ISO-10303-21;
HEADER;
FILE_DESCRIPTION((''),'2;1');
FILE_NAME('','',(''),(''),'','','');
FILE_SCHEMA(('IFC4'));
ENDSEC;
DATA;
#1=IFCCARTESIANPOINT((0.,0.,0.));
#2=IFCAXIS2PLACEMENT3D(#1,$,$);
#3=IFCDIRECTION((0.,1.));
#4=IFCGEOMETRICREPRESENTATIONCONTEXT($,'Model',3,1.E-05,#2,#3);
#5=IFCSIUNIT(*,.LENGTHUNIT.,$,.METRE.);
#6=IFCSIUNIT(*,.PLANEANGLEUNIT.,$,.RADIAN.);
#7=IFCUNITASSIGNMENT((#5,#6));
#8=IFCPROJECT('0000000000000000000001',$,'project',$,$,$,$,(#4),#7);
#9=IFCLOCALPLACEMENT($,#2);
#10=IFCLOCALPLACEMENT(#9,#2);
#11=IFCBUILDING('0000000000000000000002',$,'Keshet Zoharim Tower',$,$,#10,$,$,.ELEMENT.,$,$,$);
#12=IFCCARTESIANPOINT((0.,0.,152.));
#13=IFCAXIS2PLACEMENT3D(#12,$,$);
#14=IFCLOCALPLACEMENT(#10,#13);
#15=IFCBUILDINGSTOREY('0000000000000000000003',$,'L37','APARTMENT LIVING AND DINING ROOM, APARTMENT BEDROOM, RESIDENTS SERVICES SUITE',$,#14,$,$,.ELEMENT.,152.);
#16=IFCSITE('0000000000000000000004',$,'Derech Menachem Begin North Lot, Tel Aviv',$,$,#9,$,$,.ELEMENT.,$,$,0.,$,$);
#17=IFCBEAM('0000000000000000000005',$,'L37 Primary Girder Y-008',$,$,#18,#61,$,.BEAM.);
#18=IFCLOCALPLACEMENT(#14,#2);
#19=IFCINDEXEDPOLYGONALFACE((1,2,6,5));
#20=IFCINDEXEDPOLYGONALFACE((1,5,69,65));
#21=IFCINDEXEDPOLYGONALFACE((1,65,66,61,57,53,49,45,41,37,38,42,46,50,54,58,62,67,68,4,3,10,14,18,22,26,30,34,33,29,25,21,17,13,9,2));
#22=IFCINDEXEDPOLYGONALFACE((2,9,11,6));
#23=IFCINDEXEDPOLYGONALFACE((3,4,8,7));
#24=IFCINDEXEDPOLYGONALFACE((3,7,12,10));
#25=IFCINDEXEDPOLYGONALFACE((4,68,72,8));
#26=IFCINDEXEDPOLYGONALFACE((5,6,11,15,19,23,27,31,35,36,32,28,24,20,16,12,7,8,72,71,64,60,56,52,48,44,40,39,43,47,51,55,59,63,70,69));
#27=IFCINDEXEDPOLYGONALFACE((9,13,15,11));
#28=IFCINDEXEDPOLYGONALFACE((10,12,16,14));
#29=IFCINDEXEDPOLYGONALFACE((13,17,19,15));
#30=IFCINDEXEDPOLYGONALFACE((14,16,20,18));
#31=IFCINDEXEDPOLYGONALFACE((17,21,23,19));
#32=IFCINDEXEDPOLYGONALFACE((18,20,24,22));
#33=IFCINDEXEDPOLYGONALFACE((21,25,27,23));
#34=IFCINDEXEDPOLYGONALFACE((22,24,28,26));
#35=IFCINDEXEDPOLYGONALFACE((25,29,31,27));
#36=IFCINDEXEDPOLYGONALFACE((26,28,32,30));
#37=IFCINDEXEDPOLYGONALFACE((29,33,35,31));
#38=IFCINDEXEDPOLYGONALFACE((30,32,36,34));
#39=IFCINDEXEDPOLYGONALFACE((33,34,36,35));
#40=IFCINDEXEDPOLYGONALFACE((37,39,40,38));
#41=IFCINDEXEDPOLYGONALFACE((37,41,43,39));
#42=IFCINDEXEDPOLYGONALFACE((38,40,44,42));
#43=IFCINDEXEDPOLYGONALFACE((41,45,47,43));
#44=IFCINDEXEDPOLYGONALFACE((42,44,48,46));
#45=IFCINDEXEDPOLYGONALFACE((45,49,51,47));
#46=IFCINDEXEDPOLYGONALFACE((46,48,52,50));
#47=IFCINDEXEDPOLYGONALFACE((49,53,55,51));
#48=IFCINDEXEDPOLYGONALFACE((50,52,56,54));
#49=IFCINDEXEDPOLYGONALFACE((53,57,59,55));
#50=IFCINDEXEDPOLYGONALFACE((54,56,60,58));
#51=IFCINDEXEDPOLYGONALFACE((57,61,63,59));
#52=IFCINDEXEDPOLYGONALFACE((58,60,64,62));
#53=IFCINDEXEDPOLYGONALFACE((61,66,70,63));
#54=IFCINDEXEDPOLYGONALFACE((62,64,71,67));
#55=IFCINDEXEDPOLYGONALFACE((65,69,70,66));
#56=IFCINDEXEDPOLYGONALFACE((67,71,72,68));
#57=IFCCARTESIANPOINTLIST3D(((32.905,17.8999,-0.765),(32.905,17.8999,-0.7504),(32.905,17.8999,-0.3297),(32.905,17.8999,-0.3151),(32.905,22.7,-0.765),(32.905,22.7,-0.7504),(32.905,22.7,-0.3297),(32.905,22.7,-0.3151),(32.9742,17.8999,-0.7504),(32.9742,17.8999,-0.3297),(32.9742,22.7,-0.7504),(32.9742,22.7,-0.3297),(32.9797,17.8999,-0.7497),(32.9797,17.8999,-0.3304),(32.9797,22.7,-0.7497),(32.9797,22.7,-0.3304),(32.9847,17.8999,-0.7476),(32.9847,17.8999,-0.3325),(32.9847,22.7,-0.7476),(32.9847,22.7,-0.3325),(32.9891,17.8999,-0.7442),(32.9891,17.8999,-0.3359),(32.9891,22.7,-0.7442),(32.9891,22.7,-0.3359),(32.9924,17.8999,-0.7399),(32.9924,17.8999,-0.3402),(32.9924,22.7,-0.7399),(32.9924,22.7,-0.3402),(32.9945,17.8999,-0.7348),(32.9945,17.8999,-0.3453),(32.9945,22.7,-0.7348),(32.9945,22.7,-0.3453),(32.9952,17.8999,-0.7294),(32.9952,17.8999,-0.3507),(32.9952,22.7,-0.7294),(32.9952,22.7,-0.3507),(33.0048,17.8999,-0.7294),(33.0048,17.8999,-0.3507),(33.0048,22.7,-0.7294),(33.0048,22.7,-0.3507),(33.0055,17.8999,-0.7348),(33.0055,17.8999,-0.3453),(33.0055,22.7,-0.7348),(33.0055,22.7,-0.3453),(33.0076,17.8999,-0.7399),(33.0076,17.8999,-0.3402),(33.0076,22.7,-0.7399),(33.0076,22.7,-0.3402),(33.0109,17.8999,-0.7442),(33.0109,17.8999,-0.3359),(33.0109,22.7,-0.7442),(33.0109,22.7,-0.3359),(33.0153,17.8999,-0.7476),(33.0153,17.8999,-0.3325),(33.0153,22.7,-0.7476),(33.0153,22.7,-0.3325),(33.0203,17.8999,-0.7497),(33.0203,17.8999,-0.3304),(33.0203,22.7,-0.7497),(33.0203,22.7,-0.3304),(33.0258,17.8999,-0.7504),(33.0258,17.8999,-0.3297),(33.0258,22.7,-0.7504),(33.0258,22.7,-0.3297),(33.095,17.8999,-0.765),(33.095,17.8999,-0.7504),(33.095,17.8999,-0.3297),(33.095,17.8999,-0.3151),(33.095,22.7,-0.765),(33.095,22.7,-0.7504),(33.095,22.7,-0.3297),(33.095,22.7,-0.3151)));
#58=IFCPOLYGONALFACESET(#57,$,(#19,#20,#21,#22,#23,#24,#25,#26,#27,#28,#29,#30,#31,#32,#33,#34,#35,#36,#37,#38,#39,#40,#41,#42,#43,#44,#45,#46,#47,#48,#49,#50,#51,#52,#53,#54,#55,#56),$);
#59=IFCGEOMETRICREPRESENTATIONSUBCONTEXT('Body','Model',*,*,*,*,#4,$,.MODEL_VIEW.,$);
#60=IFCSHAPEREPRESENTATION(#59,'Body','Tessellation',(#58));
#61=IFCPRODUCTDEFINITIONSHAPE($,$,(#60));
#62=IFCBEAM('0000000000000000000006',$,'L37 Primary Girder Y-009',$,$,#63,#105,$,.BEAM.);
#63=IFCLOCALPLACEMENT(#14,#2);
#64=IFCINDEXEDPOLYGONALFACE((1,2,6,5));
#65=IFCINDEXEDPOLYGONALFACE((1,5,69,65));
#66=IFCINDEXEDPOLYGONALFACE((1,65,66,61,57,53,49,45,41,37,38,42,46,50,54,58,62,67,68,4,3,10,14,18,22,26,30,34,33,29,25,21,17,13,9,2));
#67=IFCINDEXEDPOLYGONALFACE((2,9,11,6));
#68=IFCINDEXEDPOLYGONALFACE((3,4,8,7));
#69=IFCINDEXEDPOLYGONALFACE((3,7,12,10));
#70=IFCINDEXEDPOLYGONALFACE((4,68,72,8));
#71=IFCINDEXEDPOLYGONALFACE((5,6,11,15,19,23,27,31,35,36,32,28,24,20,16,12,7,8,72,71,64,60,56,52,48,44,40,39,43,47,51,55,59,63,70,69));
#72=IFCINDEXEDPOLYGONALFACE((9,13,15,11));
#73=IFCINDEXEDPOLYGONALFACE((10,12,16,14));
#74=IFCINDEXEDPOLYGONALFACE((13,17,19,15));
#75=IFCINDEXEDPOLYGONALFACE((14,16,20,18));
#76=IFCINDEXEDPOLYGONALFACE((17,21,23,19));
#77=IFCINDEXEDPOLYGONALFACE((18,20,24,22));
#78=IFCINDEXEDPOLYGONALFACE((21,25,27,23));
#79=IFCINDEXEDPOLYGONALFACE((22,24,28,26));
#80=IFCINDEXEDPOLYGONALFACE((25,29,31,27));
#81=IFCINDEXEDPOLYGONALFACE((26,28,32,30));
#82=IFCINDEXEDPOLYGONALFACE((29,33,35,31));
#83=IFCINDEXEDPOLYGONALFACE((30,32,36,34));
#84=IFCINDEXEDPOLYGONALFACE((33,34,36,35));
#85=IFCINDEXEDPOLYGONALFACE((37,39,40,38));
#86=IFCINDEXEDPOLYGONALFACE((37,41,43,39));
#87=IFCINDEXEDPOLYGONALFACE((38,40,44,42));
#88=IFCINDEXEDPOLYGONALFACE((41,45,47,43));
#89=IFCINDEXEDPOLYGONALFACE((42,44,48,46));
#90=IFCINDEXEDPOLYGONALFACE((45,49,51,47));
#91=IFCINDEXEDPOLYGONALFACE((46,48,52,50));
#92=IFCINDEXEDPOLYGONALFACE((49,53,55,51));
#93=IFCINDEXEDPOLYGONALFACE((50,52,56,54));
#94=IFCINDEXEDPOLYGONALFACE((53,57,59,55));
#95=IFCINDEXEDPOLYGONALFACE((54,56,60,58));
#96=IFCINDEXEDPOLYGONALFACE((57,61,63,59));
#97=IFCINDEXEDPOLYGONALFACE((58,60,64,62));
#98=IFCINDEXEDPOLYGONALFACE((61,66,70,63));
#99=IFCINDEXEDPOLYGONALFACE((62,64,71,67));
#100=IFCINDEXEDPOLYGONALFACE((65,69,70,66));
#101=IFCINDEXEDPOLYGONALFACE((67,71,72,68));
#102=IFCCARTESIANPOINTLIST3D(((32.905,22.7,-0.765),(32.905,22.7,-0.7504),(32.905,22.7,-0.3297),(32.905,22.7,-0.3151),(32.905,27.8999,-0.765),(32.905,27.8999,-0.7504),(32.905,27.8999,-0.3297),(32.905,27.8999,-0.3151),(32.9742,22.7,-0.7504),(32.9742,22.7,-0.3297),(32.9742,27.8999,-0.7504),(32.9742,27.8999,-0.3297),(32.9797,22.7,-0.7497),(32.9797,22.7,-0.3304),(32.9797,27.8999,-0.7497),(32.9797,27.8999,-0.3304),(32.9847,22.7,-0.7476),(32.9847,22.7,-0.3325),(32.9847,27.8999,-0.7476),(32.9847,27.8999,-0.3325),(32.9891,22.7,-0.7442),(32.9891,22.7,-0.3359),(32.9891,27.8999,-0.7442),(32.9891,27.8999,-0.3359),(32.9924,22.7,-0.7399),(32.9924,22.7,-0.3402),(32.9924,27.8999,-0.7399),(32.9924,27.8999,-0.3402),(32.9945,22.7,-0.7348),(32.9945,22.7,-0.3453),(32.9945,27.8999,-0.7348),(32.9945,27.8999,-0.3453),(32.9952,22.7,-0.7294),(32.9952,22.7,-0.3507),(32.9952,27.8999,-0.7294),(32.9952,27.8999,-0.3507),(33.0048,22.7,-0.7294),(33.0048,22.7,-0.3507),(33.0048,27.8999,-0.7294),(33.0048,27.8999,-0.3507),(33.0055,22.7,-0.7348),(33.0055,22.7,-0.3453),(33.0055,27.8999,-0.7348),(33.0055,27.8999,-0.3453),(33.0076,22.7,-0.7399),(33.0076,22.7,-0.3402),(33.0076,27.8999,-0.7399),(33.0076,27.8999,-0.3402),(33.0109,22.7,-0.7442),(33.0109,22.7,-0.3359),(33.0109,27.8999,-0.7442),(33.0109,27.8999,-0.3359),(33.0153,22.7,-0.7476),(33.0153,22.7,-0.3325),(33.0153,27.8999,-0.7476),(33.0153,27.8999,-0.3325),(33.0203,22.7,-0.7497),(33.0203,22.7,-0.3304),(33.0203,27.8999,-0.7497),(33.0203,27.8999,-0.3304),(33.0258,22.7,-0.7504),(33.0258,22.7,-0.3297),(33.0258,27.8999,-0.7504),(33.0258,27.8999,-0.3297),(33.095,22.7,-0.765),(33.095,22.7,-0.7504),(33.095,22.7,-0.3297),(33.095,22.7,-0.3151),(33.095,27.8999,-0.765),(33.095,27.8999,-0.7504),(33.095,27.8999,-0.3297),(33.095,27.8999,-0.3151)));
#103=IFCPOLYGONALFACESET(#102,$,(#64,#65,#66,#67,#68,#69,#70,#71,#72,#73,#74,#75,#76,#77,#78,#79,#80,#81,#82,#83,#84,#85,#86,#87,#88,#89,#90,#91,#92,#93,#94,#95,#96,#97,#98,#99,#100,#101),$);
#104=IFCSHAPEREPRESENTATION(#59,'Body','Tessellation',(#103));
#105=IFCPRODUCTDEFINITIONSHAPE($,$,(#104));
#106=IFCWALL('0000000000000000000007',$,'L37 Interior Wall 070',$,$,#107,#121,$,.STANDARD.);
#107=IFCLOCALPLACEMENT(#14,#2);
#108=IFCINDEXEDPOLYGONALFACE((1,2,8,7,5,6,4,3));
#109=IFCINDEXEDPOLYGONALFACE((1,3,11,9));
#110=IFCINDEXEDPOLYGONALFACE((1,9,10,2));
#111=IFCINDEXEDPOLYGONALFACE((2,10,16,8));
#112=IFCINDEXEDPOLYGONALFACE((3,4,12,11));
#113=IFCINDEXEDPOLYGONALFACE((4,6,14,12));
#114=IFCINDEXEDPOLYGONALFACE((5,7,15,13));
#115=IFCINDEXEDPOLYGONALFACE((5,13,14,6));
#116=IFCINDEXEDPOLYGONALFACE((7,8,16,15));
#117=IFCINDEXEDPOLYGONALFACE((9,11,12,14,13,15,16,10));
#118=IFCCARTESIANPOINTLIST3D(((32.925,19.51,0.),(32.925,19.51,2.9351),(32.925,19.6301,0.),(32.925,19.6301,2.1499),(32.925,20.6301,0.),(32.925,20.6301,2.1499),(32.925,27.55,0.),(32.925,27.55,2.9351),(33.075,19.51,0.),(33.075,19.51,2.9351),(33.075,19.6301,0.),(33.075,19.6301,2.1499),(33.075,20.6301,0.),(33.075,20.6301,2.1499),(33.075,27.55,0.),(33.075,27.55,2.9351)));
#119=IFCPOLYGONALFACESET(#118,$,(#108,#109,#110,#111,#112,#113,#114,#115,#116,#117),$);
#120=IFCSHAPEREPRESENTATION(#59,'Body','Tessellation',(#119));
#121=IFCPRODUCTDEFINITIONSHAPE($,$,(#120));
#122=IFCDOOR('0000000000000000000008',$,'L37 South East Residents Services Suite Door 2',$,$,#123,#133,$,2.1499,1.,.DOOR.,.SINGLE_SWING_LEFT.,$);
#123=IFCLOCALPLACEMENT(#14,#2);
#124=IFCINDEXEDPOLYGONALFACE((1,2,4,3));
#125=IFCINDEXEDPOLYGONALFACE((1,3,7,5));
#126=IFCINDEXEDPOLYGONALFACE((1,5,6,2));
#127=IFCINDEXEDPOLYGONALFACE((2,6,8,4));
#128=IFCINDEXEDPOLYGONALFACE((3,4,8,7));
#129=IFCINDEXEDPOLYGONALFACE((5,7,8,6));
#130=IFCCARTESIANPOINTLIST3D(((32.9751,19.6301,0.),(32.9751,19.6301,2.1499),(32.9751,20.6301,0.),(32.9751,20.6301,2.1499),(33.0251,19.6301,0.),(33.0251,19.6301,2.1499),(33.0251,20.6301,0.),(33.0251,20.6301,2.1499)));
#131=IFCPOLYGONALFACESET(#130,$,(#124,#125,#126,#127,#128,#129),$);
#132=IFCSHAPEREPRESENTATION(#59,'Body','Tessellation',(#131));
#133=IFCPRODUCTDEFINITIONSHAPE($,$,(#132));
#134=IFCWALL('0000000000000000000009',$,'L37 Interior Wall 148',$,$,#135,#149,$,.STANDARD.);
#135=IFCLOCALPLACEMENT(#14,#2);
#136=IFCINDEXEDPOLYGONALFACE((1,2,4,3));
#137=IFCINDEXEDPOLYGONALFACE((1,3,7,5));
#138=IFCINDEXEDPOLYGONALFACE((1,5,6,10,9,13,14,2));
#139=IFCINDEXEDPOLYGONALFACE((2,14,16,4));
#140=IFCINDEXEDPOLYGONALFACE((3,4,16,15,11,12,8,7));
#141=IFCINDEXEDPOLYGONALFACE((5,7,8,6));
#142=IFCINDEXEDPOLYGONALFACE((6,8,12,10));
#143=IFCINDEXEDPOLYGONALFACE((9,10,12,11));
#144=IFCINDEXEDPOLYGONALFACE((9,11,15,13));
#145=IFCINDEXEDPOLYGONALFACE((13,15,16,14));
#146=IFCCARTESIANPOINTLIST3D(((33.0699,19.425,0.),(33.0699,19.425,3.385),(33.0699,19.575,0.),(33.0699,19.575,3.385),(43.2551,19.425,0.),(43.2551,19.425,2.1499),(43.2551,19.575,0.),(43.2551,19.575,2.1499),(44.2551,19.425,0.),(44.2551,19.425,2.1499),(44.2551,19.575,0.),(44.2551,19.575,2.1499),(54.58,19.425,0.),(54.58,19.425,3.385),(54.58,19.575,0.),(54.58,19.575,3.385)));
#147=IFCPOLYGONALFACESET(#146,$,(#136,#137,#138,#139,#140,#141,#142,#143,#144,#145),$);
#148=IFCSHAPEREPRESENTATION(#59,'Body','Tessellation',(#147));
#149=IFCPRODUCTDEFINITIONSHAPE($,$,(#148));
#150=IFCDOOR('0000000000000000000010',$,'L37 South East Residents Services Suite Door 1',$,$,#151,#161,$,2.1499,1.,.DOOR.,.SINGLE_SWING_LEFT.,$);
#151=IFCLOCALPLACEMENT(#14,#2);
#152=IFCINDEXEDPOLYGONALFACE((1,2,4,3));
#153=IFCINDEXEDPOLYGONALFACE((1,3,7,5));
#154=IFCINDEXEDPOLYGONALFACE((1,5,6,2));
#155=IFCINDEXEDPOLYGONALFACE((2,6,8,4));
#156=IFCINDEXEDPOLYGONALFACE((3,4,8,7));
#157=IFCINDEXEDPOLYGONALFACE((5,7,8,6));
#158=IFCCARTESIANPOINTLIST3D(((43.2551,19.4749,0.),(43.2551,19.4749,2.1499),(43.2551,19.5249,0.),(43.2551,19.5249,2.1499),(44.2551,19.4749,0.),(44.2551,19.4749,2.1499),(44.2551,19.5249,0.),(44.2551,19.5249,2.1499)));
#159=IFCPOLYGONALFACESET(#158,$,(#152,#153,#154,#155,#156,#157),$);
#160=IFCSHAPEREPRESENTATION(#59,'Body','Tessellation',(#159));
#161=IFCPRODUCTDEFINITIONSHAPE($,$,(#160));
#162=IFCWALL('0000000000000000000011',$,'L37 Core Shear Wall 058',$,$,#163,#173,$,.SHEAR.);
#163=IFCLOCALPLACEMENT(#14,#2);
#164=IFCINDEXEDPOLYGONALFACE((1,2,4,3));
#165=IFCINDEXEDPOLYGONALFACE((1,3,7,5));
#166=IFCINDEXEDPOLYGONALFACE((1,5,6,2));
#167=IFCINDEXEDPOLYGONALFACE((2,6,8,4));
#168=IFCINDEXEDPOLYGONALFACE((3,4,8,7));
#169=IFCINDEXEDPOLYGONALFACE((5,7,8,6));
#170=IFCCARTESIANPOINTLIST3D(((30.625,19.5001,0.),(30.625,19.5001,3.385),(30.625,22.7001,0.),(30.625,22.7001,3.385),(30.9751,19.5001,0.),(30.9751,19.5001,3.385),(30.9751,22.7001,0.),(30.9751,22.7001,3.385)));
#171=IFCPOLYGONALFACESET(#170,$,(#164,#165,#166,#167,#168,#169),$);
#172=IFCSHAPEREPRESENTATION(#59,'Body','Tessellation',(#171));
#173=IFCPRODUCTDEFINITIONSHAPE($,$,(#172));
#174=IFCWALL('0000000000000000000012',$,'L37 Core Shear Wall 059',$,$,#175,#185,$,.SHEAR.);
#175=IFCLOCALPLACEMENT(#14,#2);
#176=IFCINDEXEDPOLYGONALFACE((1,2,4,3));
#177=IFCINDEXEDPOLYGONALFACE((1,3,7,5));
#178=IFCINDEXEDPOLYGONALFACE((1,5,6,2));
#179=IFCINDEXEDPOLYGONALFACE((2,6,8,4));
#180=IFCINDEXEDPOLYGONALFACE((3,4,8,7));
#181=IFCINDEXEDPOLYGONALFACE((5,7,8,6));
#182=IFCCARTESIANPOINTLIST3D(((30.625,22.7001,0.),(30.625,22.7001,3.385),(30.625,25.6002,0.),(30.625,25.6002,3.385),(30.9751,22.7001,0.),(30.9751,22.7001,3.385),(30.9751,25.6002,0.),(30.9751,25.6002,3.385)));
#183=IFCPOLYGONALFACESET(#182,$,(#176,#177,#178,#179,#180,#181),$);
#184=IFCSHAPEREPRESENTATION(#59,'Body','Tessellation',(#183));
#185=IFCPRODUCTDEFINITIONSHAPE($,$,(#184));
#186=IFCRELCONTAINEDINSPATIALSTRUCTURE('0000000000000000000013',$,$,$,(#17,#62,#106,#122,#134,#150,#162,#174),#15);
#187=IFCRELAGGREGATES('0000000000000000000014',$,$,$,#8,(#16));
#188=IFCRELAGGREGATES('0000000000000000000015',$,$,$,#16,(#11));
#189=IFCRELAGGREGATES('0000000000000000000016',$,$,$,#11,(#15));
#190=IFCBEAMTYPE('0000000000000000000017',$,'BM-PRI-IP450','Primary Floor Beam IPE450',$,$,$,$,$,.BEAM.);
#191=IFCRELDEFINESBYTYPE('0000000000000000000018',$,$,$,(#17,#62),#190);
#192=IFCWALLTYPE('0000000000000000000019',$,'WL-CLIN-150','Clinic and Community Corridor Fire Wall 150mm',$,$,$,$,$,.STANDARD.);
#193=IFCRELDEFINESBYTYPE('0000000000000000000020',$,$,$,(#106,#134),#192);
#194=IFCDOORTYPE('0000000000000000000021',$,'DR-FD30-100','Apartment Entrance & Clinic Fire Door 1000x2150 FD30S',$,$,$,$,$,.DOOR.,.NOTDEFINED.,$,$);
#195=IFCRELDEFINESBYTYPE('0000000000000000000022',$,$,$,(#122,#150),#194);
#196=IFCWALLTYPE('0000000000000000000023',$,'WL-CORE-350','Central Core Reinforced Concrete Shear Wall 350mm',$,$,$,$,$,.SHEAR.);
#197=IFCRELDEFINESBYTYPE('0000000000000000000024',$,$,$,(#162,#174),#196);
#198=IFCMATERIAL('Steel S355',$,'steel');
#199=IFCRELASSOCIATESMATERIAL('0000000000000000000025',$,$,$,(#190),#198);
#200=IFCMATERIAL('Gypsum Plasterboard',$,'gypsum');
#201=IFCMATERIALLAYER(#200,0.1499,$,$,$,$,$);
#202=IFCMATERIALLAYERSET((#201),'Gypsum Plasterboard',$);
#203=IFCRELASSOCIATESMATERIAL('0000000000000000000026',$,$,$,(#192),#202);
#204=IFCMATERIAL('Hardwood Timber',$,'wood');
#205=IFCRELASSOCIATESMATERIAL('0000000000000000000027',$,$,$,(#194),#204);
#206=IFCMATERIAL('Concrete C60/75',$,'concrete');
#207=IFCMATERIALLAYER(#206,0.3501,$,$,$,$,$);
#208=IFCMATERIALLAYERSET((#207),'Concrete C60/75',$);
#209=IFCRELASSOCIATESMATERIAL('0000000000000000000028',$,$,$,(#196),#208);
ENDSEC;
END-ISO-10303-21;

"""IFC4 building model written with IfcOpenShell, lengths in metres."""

from ifc_helpers import new_model, si_unit, direction, frame, frame_2d, origin, origin_2d, place, context, subcontext, project, spatial, rectangle, i_section, extrude, material, layer, layer_set, material_profile, profile_set, type_object, element, fill, save


model = new_model("IFC4")

# Units and contexts
model_context = context("Model", 3, precision=1e-05, world=origin(), true_north=direction((0.0, 1.0)))
body_context = subcontext(model_context, "Body", "Model", "MODEL_VIEW")
ifc_project = project(units=[si_unit("LENGTHUNIT", "METRE"), si_unit("PLANEANGLEUNIT", "RADIAN")], contexts=[model_context])

# Site, building, storey
site_placement = place(None, origin())
site = spatial("IfcSite", under=ifc_project, at=site_placement, Name="Derech Menachem Begin North Lot, Tel Aviv", CompositionType="ELEMENT", RefElevation=0.0)
building_placement = place(site_placement, origin())
building = spatial("IfcBuilding", under=site, at=building_placement, Name="Keshet Zoharim Tower", CompositionType="ELEMENT")
storey_placement = place(building_placement, frame((0.0, 0.0, 152.0)))
storey = spatial("IfcBuildingStorey", under=building, at=storey_placement, Name="L37", Description="APARTMENT LIVING AND DINING ROOM, APARTMENT BEDROOM, RESIDENTS SERVICES SUITE", CompositionType="ELEMENT", Elevation=152.0)

# Shared definitions
ifc_material_1 = material(Name="Concrete C60/75", Category="concrete")

# Beams
ifc_material_2 = material(Name="Steel S355", Category="steel")
ifc_material_profile_1 = material_profile(ifc_material_2, i_section(OverallWidth=0.1899, OverallDepth=0.45, WebThickness=0.0095, FlangeThickness=0.0146, FilletRadius=0.021, at=origin_2d()), Name="IPE450")
ifc_profile_set_1 = profile_set([ifc_material_profile_1], Name="Steel S355")
beam_type_1 = type_object("IfcBeamType", Name="BM-PRI-IP450", Description="Primary Floor Beam IPE450", PredefinedType="BEAM", material=ifc_profile_set_1)
beam_1_placement = place(storey_placement, frame((33.0, 17.8999, -0.54), z_axis=(0.0, 1.0, 0.0), x_axis=(-1.0, 0.0, 0.0)))
element("IfcBeam", 1, at=beam_1_placement, inside=storey, type_object=beam_type_1, Name="L37 Primary Girder Y-008", PredefinedType="BEAM", context=body_context, shape_type="SweptSolid", body=[
    extrude(i_section(OverallWidth=0.1899, OverallDepth=0.45, WebThickness=0.0095, FlangeThickness=0.0146, FilletRadius=0.021, at=origin_2d()), origin(), (0.0, 0.0, 1.0), 4.8),
])
beam_2_placement = place(storey_placement, frame((33.0, 22.7, -0.54), z_axis=(0.0, 1.0, 0.0), x_axis=(-1.0, 0.0, 0.0)))
element("IfcBeam", 2, at=beam_2_placement, inside=storey, type_object=beam_type_1, Name="L37 Primary Girder Y-009", PredefinedType="BEAM", context=body_context, shape_type="SweptSolid", body=[
    extrude(i_section(OverallWidth=0.1899, OverallDepth=0.45, WebThickness=0.0095, FlangeThickness=0.0146, FilletRadius=0.021, at=origin_2d()), origin(), (0.0, 0.0, 1.0), 5.2),
])

# Walls, openings, doors
ifc_material_3 = material(Name="Gypsum Plasterboard", Category="gypsum")
ifc_layer_1 = layer(ifc_material_3, 0.1499)
ifc_layer_set_1 = layer_set([ifc_layer_1], Name="Gypsum Plasterboard")
wall_type_1 = type_object("IfcWallType", Name="WL-CLIN-150", Description="Clinic and Community Corridor Fire Wall 150mm", PredefinedType="STANDARD", material=ifc_layer_set_1)
wall_1_placement = place(storey_placement, frame((33.0, 19.51, 0.0), z_axis=(0.0, 0.0, 1.0), x_axis=(0.0, 1.0, 0.0)))
wall_1 = element("IfcWall", 3, at=wall_1_placement, inside=storey, type_object=wall_type_1, Name="L37 Interior Wall 070", PredefinedType="STANDARD", context=body_context, shape_type="SweptSolid", body=[
    extrude(rectangle(XDim=8.04, YDim=0.1499, at=frame_2d((4.02, 0.0))), origin(), (0.0, 0.0, 1.0), 2.9351),
])
opening_1_placement = place(wall_1_placement, frame((0.1201, 0.0, 0.0)))
opening_1 = element("IfcOpeningElement", 4, at=opening_1_placement, cuts=wall_1, PredefinedType="OPENING", context=body_context, shape_type="SweptSolid", body=[
    extrude(rectangle(XDim=1.0, YDim=2.1499, at=frame_2d((0.5, 1.075))), frame((0.0, 0.085, 0.0), z_axis=(0.0, -1.0, 0.0), x_axis=(1.0, 0.0, 0.0)), (0.0, 0.0, 1.0), 0.1699),
])
ifc_material_4 = material(Name="Hardwood Timber", Category="wood")
door_type_1 = type_object("IfcDoorType", Name="DR-FD30-100", Description="Apartment Entrance & Clinic Fire Door 1000x2150 FD30S", OperationType="NOTDEFINED", PredefinedType="DOOR", material=ifc_material_4)
door_1_placement = place(opening_1_placement, origin())
door_1 = element("IfcDoor", 5, at=door_1_placement, inside=storey, type_object=door_type_1, Name="L37 South East Residents Services Suite Door 2", OperationType="SINGLE_SWING_LEFT", OverallHeight=2.1499, OverallWidth=1.0, PredefinedType="DOOR", context=body_context, shape_type="SweptSolid", body=[
    extrude(rectangle(XDim=1.0, YDim=2.1499, at=frame_2d((0.5, 1.075))), frame((0.0, 0.0249, 0.0), z_axis=(0.0, -1.0, 0.0), x_axis=(1.0, 0.0, 0.0)), (0.0, 0.0, 1.0), 0.05),
])
fill(opening_1, door_1)
wall_2_placement = place(storey_placement, frame((33.0701, 19.5, 0.0), z_axis=(0.0, 0.0, 1.0), x_axis=(1.0, 0.0, 0.0)))
wall_2 = element("IfcWall", 6, at=wall_2_placement, inside=storey, type_object=wall_type_1, Name="L37 Interior Wall 148", PredefinedType="STANDARD", context=body_context, shape_type="SweptSolid", body=[
    extrude(rectangle(XDim=21.51, YDim=0.1499, at=frame_2d((10.7549, 0.0))), origin(), (0.0, 0.0, 1.0), 3.385),
])
opening_2_placement = place(wall_2_placement, frame((10.1851, 0.0, 0.0)))
opening_2 = element("IfcOpeningElement", 7, at=opening_2_placement, cuts=wall_2, PredefinedType="OPENING", context=body_context, shape_type="SweptSolid", body=[
    extrude(rectangle(XDim=1.0, YDim=2.1499, at=frame_2d((0.5, 1.075))), frame((0.0, 0.085, 0.0), z_axis=(0.0, -1.0, 0.0), x_axis=(1.0, 0.0, 0.0)), (0.0, 0.0, 1.0), 0.1699),
])
door_2_placement = place(opening_2_placement, origin())
door_2 = element("IfcDoor", 8, at=door_2_placement, inside=storey, type_object=door_type_1, Name="L37 South East Residents Services Suite Door 1", OperationType="SINGLE_SWING_LEFT", OverallHeight=2.1499, OverallWidth=1.0, PredefinedType="DOOR", context=body_context, shape_type="SweptSolid", body=[
    extrude(rectangle(XDim=1.0, YDim=2.1499, at=frame_2d((0.5, 1.075))), frame((0.0, 0.0249, 0.0), z_axis=(0.0, -1.0, 0.0), x_axis=(1.0, 0.0, 0.0)), (0.0, 0.0, 1.0), 0.05),
])
fill(opening_2, door_2)

# Walls
ifc_layer_2 = layer(ifc_material_1, 0.3501)
ifc_layer_set_2 = layer_set([ifc_layer_2], Name="Concrete C60/75")
wall_type_2 = type_object("IfcWallType", Name="WL-CORE-350", Description="Central Core Reinforced Concrete Shear Wall 350mm", PredefinedType="SHEAR", material=ifc_layer_set_2)
wall_3_placement = place(storey_placement, frame((30.8, 19.5, 0.0), z_axis=(0.0, 0.0, 1.0), x_axis=(0.0, 1.0, 0.0)))
element("IfcWall", 9, at=wall_3_placement, inside=storey, type_object=wall_type_2, Name="L37 Core Shear Wall 058", PredefinedType="SHEAR", context=body_context, shape_type="SweptSolid", body=[
    extrude(rectangle(XDim=3.2, YDim=0.3501, at=frame_2d((1.6001, 0.0))), origin(), (0.0, 0.0, 1.0), 3.385),
])
wall_4_placement = place(storey_placement, frame((30.8, 22.7, 0.0), z_axis=(0.0, 0.0, 1.0), x_axis=(0.0, 1.0, 0.0)))
element("IfcWall", 10, at=wall_4_placement, inside=storey, type_object=wall_type_2, Name="L37 Core Shear Wall 059", PredefinedType="SHEAR", context=body_context, shape_type="SweptSolid", body=[
    extrude(rectangle(XDim=2.9001, YDim=0.3501, at=frame_2d((1.4502, 0.0))), origin(), (0.0, 0.0, 1.0), 3.385),
])

save(model, "model.ifc")
